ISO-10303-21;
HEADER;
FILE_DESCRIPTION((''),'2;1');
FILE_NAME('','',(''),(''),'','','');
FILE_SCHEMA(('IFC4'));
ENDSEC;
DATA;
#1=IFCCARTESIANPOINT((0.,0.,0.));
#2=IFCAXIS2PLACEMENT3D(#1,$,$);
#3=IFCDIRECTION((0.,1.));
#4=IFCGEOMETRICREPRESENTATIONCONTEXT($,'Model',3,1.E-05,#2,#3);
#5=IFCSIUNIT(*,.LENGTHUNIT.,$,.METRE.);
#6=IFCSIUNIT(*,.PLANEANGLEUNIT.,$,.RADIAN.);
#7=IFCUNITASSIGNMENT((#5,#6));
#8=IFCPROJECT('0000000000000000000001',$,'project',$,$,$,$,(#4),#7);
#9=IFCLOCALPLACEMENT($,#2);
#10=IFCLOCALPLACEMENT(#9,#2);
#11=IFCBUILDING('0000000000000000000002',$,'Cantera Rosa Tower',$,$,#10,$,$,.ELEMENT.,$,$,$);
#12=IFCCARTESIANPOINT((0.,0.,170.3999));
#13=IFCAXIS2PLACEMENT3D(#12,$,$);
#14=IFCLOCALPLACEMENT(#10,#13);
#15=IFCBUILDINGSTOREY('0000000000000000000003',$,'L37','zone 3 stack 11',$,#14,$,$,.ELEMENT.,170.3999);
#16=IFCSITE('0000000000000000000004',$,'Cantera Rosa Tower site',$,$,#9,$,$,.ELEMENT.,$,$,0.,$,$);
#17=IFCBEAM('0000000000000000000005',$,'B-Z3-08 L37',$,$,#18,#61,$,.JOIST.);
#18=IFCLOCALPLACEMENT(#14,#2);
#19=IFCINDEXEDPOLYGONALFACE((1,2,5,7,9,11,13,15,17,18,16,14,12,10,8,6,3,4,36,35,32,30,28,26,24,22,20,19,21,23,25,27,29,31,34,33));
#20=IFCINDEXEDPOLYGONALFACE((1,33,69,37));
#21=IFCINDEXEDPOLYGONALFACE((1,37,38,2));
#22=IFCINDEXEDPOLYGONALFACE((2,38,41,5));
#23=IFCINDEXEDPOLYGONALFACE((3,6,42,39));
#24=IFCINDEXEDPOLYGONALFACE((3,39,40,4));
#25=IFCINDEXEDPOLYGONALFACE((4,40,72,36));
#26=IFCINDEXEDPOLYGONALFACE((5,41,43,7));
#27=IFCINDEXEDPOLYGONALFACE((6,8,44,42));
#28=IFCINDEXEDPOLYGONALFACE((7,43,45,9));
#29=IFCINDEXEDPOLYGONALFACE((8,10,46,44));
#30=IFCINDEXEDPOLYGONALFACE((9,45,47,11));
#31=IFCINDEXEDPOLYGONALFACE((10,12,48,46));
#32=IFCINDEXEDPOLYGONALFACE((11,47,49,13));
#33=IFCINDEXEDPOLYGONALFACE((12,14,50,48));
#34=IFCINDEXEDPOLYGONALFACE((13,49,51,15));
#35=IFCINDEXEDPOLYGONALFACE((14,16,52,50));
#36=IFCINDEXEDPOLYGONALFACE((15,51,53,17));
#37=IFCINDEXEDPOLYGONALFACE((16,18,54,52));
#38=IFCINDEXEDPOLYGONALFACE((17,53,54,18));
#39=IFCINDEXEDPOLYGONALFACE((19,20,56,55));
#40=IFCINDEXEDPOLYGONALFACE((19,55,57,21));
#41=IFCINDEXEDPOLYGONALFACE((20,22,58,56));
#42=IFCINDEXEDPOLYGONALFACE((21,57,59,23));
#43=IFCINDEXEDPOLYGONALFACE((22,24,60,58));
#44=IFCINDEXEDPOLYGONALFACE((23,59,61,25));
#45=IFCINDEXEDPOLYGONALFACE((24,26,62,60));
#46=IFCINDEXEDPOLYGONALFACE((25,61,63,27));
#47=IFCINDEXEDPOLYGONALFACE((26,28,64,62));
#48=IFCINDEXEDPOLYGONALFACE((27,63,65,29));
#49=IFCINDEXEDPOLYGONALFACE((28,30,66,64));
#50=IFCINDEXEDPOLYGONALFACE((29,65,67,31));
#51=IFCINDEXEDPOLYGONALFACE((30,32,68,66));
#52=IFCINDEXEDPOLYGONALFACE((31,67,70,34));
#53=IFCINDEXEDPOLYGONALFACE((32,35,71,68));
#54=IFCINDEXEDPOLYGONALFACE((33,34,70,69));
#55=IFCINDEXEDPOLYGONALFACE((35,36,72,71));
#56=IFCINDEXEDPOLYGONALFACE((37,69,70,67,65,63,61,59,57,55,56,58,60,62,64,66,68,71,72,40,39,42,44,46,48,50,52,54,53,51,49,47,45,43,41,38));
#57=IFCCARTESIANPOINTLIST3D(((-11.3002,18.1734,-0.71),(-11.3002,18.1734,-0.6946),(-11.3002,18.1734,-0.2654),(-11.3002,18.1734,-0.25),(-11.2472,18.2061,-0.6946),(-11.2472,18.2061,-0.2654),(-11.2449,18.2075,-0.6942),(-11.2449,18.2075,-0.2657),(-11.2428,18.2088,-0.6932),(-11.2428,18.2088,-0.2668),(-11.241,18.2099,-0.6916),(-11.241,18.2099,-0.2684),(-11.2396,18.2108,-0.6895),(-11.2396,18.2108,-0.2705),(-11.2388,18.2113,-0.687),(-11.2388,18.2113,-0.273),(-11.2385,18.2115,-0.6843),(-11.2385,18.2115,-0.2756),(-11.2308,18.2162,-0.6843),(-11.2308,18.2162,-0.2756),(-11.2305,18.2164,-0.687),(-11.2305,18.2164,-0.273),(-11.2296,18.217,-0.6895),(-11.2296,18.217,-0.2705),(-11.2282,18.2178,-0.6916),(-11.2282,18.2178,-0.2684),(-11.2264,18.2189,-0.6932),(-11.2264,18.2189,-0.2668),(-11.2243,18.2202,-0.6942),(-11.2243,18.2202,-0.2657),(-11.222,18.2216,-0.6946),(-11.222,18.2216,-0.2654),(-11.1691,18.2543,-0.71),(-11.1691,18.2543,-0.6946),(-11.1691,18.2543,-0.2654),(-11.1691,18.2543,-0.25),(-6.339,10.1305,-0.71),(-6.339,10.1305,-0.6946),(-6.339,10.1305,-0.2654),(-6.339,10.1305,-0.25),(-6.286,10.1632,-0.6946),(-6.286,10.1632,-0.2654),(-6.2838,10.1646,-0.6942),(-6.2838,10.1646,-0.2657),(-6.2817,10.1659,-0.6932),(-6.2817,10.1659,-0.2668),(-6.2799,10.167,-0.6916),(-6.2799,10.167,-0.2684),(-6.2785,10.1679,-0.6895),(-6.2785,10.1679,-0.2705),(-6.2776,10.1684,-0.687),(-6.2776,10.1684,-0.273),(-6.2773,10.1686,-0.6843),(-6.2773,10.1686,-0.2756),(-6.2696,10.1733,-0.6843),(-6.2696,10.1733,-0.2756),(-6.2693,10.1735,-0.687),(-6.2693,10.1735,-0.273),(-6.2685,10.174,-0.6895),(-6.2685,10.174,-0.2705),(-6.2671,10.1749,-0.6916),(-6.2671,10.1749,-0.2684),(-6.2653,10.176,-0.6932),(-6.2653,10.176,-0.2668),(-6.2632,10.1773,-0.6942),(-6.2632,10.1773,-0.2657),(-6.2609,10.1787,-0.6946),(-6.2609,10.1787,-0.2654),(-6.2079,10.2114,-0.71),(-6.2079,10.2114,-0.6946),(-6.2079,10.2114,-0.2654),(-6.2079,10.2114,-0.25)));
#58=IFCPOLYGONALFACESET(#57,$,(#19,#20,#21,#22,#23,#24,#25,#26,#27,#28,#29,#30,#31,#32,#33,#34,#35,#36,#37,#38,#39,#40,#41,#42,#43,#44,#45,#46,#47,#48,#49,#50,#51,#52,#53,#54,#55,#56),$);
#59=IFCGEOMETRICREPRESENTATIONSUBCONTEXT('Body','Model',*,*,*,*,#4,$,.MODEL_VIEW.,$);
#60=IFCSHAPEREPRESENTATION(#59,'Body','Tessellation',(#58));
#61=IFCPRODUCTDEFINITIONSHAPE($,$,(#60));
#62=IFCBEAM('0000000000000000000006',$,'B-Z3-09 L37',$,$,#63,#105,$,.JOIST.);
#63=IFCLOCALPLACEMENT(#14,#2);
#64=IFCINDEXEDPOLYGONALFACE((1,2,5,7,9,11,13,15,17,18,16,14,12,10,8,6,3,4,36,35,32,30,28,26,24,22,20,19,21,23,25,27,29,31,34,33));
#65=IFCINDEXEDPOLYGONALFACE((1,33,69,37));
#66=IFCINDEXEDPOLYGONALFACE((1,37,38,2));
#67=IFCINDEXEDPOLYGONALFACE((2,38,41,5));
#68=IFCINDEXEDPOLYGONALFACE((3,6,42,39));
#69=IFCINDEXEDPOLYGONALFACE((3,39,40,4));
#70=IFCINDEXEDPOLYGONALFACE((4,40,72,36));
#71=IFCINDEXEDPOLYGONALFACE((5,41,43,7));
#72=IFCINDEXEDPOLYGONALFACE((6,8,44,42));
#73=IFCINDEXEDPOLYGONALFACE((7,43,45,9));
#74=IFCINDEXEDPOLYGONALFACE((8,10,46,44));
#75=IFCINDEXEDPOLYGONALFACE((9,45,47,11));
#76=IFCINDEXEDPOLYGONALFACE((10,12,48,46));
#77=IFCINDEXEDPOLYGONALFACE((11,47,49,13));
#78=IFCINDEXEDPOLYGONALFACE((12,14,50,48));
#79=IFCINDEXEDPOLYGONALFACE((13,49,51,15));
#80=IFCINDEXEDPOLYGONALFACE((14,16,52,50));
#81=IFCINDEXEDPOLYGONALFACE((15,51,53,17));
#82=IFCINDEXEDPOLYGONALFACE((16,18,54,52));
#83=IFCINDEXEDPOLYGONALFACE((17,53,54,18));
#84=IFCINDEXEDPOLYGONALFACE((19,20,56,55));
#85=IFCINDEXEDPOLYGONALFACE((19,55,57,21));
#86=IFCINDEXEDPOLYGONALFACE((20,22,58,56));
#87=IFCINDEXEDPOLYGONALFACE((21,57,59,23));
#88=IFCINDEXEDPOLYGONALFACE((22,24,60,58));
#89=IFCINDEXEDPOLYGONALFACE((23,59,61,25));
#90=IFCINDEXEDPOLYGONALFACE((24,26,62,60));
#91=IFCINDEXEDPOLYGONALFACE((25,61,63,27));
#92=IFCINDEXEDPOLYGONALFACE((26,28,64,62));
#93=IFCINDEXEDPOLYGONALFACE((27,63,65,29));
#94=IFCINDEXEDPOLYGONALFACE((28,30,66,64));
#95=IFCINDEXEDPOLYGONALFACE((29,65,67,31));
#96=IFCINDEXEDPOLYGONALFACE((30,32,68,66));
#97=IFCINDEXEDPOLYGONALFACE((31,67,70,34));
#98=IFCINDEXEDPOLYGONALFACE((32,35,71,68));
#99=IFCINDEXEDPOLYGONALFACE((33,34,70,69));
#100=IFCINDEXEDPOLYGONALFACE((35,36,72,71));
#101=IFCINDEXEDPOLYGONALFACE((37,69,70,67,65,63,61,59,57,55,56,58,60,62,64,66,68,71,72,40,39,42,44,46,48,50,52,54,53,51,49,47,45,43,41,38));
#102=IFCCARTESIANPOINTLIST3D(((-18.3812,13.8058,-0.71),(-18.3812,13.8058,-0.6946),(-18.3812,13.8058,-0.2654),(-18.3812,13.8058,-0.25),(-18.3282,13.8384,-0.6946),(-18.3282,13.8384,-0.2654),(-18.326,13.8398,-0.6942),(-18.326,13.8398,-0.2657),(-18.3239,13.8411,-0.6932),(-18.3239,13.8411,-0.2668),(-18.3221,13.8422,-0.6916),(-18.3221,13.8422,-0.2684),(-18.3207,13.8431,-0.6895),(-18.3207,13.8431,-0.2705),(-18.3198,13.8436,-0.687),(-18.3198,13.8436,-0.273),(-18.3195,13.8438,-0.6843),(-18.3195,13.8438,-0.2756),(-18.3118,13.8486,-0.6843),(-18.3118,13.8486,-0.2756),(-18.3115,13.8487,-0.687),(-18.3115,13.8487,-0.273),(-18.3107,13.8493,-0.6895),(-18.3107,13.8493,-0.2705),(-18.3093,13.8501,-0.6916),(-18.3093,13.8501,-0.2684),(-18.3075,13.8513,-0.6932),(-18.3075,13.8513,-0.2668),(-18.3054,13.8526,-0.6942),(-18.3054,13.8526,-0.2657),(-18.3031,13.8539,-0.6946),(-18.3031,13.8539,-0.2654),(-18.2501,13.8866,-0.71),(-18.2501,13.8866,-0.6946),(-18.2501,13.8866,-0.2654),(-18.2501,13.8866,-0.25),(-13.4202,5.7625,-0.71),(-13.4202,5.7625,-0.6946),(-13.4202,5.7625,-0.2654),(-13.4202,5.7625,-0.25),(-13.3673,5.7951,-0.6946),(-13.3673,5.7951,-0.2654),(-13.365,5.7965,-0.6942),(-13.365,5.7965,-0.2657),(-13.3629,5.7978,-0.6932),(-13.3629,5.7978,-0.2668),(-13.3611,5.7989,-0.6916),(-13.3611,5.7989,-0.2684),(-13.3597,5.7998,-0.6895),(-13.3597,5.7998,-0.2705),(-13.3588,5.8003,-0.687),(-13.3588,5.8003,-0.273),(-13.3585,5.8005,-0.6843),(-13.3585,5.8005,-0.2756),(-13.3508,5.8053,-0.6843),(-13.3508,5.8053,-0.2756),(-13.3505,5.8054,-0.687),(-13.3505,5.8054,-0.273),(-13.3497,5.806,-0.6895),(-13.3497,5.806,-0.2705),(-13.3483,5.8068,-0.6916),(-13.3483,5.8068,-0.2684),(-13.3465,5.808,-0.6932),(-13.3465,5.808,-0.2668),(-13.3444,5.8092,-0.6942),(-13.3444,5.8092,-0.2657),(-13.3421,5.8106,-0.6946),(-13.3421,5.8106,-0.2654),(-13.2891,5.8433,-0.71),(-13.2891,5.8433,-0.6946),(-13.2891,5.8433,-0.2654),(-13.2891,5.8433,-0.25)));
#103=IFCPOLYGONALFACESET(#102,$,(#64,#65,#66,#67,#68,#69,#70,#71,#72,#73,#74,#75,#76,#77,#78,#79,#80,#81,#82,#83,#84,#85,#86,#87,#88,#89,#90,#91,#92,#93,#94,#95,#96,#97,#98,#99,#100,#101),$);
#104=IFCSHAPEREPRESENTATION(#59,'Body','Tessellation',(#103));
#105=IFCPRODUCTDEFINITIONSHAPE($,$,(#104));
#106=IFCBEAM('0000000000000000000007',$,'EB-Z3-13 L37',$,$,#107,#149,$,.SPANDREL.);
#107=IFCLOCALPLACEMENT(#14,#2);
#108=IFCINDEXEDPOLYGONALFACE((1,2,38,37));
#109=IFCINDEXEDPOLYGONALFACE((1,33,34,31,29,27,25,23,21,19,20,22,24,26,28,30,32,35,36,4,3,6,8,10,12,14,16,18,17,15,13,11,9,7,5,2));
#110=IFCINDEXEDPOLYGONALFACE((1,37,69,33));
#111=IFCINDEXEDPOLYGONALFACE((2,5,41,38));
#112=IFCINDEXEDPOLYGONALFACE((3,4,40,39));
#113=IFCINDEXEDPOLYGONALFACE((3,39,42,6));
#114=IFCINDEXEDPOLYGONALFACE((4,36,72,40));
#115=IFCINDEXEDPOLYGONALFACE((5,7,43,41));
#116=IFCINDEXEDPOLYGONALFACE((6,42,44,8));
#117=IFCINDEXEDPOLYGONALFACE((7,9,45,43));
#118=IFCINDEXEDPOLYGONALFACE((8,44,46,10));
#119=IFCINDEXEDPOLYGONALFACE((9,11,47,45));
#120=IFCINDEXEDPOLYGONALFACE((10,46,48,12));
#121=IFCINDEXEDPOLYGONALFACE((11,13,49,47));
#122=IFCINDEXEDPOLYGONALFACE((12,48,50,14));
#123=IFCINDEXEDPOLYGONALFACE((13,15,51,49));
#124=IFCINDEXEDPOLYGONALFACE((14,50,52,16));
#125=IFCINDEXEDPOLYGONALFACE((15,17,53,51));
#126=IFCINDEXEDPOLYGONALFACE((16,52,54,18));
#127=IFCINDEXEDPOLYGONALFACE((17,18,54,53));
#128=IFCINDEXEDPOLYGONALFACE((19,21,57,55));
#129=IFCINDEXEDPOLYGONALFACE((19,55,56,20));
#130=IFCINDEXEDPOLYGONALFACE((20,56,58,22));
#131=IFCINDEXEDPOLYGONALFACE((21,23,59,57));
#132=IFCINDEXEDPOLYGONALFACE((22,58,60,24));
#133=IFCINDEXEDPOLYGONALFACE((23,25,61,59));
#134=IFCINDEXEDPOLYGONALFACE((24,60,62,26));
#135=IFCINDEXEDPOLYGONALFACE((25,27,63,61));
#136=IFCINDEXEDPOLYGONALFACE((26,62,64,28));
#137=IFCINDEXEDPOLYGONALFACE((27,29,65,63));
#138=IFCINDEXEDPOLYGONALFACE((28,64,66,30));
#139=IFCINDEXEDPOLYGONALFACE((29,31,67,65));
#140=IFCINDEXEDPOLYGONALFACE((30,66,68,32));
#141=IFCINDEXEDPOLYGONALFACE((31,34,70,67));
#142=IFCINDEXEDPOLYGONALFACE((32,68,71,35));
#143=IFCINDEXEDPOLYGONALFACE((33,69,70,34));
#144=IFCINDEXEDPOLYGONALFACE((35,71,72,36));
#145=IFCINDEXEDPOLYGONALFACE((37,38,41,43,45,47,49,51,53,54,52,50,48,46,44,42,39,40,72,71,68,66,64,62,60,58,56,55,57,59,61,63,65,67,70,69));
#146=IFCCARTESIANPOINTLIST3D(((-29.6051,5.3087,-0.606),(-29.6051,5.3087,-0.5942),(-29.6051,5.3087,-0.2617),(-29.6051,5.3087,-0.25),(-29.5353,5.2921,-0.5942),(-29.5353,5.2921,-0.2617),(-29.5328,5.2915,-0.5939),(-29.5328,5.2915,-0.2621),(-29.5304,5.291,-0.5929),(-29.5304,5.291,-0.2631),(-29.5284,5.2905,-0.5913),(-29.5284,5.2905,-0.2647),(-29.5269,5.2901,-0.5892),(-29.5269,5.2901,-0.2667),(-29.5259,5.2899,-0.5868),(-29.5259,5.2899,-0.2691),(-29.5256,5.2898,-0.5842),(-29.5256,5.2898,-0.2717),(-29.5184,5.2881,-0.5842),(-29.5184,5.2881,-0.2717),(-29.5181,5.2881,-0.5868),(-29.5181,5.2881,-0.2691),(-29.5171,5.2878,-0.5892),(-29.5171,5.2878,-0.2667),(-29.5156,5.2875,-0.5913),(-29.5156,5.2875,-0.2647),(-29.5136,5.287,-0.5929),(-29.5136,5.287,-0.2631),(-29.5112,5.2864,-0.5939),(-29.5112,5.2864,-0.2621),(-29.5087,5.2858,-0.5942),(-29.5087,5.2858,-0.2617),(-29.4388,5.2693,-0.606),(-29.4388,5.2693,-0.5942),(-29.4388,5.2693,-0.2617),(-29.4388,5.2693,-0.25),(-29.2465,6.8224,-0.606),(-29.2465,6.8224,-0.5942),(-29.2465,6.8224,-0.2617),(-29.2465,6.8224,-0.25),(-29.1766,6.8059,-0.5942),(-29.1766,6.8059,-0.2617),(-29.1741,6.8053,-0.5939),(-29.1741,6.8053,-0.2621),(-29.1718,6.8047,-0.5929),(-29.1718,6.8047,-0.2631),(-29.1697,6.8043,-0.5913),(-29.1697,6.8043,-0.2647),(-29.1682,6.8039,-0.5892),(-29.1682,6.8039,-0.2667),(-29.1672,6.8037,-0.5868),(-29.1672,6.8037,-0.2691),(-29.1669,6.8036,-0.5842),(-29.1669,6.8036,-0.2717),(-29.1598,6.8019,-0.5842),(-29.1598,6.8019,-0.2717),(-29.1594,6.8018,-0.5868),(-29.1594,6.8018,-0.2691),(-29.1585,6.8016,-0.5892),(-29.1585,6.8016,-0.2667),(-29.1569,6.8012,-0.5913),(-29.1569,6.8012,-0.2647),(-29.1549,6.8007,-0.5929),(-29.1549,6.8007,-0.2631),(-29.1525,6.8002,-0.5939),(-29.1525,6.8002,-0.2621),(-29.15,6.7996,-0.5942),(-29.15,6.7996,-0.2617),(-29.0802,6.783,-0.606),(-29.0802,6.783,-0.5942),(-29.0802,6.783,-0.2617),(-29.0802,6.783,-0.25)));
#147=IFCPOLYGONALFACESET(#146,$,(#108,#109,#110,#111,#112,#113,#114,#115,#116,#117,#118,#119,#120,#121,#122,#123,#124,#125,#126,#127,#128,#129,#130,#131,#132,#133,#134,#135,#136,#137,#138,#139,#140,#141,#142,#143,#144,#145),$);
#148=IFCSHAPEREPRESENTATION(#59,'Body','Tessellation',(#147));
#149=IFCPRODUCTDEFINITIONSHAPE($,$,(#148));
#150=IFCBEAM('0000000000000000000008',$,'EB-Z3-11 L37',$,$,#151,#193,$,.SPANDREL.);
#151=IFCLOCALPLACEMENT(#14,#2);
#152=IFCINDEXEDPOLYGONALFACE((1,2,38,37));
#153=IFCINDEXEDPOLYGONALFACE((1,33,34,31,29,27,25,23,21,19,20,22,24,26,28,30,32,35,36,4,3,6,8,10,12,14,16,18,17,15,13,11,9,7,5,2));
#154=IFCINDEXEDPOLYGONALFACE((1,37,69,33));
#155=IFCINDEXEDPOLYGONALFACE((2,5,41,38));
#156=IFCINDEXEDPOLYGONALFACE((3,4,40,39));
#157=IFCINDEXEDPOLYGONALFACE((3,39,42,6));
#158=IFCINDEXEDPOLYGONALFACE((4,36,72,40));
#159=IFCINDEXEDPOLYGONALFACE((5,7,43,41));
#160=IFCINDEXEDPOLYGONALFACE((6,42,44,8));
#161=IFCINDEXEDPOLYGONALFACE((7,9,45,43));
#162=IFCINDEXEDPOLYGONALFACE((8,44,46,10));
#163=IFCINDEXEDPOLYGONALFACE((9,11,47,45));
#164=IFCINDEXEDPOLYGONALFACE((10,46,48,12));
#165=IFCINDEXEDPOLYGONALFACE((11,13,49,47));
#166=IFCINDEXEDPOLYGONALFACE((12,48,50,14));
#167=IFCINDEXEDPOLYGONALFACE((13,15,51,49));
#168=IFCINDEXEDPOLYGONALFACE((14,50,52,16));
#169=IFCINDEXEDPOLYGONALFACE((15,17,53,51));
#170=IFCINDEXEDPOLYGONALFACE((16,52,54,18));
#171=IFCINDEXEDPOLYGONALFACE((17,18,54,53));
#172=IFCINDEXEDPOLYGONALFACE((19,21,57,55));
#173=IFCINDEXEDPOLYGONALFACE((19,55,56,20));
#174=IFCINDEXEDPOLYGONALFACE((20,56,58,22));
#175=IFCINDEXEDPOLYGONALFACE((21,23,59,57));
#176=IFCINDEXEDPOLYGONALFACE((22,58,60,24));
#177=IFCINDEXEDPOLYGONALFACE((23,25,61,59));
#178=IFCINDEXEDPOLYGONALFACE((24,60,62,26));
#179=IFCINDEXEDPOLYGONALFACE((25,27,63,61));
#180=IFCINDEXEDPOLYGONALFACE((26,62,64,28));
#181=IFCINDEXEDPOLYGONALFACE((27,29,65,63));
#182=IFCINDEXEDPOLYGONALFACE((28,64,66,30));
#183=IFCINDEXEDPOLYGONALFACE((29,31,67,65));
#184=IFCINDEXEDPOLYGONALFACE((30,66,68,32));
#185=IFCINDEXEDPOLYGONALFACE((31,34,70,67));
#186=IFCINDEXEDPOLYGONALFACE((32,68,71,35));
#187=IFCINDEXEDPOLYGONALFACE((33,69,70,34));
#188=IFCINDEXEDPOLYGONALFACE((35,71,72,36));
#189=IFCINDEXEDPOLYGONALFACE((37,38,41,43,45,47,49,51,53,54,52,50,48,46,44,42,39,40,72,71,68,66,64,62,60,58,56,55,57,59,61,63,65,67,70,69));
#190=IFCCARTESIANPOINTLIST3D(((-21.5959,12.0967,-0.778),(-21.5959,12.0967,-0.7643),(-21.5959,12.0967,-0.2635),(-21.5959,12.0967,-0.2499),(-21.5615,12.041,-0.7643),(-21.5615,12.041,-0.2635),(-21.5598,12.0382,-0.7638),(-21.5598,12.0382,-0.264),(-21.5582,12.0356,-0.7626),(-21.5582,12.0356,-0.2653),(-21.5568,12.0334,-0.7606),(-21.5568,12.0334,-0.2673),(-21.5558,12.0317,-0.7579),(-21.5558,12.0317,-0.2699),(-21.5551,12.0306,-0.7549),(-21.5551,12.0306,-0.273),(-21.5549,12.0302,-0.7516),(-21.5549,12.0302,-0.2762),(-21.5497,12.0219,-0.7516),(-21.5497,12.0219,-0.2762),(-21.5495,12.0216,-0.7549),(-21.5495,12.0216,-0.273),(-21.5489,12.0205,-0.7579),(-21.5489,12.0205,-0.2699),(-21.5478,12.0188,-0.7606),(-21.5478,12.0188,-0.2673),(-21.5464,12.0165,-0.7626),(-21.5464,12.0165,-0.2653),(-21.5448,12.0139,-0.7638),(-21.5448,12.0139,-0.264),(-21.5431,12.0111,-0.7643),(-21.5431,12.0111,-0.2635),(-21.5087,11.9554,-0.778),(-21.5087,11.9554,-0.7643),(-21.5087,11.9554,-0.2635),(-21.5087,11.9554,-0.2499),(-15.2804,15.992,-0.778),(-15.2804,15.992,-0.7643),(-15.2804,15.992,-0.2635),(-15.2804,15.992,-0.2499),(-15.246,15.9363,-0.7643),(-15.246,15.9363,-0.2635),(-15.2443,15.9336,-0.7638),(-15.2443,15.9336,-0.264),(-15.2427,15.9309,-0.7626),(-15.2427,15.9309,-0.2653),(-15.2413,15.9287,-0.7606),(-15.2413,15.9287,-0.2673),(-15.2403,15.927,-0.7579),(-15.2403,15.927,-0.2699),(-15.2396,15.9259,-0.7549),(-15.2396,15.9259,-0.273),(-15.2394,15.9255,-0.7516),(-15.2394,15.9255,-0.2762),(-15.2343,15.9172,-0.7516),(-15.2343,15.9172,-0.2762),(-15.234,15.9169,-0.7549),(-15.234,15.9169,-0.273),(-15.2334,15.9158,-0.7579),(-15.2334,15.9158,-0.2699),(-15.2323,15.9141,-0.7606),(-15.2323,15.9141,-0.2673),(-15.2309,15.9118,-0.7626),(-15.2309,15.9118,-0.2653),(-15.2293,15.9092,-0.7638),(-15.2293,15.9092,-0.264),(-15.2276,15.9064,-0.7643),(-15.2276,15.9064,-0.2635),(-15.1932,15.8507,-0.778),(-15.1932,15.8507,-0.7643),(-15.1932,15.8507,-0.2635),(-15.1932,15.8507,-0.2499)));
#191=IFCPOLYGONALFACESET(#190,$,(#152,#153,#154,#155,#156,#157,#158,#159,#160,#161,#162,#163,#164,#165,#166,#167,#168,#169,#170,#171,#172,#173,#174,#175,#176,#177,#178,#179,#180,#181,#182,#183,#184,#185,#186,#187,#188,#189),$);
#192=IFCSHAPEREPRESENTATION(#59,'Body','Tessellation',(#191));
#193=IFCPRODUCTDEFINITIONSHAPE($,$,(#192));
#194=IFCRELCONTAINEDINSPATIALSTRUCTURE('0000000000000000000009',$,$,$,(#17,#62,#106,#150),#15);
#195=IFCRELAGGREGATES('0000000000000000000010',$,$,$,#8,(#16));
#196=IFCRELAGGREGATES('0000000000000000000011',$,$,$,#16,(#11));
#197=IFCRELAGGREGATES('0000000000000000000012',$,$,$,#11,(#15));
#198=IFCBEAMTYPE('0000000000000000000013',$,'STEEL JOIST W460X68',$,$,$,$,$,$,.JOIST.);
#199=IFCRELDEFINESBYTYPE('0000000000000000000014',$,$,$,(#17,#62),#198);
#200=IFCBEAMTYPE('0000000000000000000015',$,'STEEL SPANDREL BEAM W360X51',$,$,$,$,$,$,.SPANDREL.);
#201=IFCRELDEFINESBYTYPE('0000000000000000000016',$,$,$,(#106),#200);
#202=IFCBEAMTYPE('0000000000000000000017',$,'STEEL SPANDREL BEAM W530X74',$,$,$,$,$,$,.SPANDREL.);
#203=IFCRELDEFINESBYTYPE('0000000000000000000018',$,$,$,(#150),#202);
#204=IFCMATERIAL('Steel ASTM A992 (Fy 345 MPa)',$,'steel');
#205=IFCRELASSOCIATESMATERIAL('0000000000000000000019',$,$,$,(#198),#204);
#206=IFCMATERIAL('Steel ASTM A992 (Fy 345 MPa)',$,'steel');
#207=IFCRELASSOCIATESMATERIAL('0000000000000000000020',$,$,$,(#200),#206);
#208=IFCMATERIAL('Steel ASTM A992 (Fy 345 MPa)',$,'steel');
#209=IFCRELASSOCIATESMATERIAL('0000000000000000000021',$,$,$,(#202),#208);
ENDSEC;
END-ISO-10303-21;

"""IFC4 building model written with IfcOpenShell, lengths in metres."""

from ifc_helpers import new_model, si_unit, direction, frame, origin, origin_2d, place, context, subcontext, project, spatial, i_section, extrude, material, material_profile, profile_set, type_object, element, save


model = new_model("IFC4")

# Units and contexts
model_context = context("Model", 3, precision=1e-05, world=origin(), true_north=direction((0.0, 1.0)))
body_context = subcontext(model_context, "Body", "Model", "MODEL_VIEW")
ifc_project = project(units=[si_unit("LENGTHUNIT", "METRE"), si_unit("PLANEANGLEUNIT", "RADIAN")], contexts=[model_context])

# Site, building, storey
site_placement = place(None, origin())
site = spatial("IfcSite", under=ifc_project, at=site_placement, Name="Cantera Rosa Tower site", CompositionType="ELEMENT", RefElevation=0.0)
building_placement = place(site_placement, origin())
building = spatial("IfcBuilding", under=site, at=building_placement, Name="Cantera Rosa Tower", CompositionType="ELEMENT")
storey_placement = place(building_placement, frame((0.0, 0.0, 170.3999)))
storey = spatial("IfcBuildingStorey", under=building, at=storey_placement, Name="L37", Description="zone 3 stack 11", CompositionType="ELEMENT", Elevation=170.3999)

# Beams
ifc_material_1 = material(Name="Steel ASTM A992 (Fy 345 MPa)", Category="steel")
ifc_material_profile_1 = material_profile(ifc_material_1, i_section(OverallWidth=0.1541, OverallDepth=0.46, WebThickness=0.009, FlangeThickness=0.0154, FilletRadius=0.0103, at=origin_2d()), Name="W460X68")
ifc_profile_set_1 = profile_set([ifc_material_profile_1], Name="Steel ASTM A992 (Fy 345 MPa)")
beam_type_1 = type_object("IfcBeamType", Name="STEEL JOIST W460X68", PredefinedType="JOIST", material=ifc_profile_set_1)
beam_1_placement = place(storey_placement, frame((-11.2346, 18.2139, -0.48), z_axis=(0.524992, -0.851107, 0.0), x_axis=(0.851107, 0.524992, 0.0)))
element("IfcBeam", 1, at=beam_1_placement, inside=storey, type_object=beam_type_1, Name="B-Z3-08 L37", PredefinedType="JOIST", context=body_context, shape_type="SweptSolid", body=[
    extrude(i_section(OverallWidth=0.1541, OverallDepth=0.46, WebThickness=0.009, FlangeThickness=0.0154, FilletRadius=0.0103, at=origin_2d()), origin(), (0.0, 0.0, 1.0), 9.45),
])
beam_2_placement = place(storey_placement, frame((-18.3157, 13.8462, -0.48), z_axis=(0.524962, -0.851126, 0.0), x_axis=(0.851126, 0.524962, 0.0)))
element("IfcBeam", 2, at=beam_2_placement, inside=storey, type_object=beam_type_1, Name="B-Z3-09 L37", PredefinedType="JOIST", context=body_context, shape_type="SweptSolid", body=[
    extrude(i_section(OverallWidth=0.1541, OverallDepth=0.46, WebThickness=0.009, FlangeThickness=0.0154, FilletRadius=0.0103, at=origin_2d()), origin(), (0.0, 0.0, 1.0), 9.4502),
])
ifc_material_2 = material(Name="Steel ASTM A992 (Fy 345 MPa)", Category="steel")
ifc_material_profile_2 = material_profile(ifc_material_2, i_section(OverallWidth=0.1709, OverallDepth=0.356, WebThickness=0.0073, FlangeThickness=0.0117, FilletRadius=0.01, at=origin_2d()), Name="W360X51")
ifc_profile_set_2 = profile_set([ifc_material_profile_2], Name="Steel ASTM A992 (Fy 345 MPa)")
beam_type_2 = type_object("IfcBeamType", Name="STEEL SPANDREL BEAM W360X51", PredefinedType="SPANDREL", material=ifc_profile_set_2)
beam_3_placement = place(storey_placement, frame((-29.1633, 6.8027, -0.428), z_axis=(-0.230552, -0.97306, 0.0), x_axis=(0.97306, -0.230552, 0.0)))
element("IfcBeam", 3, at=beam_3_placement, inside=storey, type_object=beam_type_2, Name="EB-Z3-13 L37", PredefinedType="SPANDREL", context=body_context, shape_type="SweptSolid", body=[
    extrude(i_section(OverallWidth=0.1709, OverallDepth=0.356, WebThickness=0.0073, FlangeThickness=0.0117, FilletRadius=0.01, at=origin_2d()), origin(), (0.0, 0.0, 1.0), 1.5557),
])
ifc_material_3 = material(Name="Steel ASTM A992 (Fy 345 MPa)", Category="steel")
ifc_material_profile_3 = material_profile(ifc_material_3, i_section(OverallWidth=0.166, OverallDepth=0.5281, WebThickness=0.0098, FlangeThickness=0.0137, FilletRadius=0.0127, at=origin_2d()), Name="W530X74")
ifc_profile_set_3 = profile_set([ifc_material_profile_3], Name="Steel ASTM A992 (Fy 345 MPa)")
beam_type_3 = type_object("IfcBeamType", Name="STEEL SPANDREL BEAM W530X74", PredefinedType="SPANDREL", material=ifc_profile_set_3)
for number, where, z_axis, x_axis, name in (
    (4, (-15.2368, 15.9214, -0.5139), (-0.851126, -0.524962, 0.0), (0.524962, -0.851126, 0.0), "EB-Z3-11 L37"),
):
    element("IfcBeam", number, at=place(storey_placement, frame(where, z_axis=z_axis, x_axis=x_axis)), inside=storey, type_object=beam_type_3, Name=name, PredefinedType="SPANDREL", context=body_context, shape_type="SweptSolid", body=[
        extrude(i_section(OverallWidth=0.166, OverallDepth=0.5281, WebThickness=0.0098, FlangeThickness=0.0137, FilletRadius=0.0127, at=origin_2d()), origin(), (0.0, 0.0, 1.0), 7.4202),
    ])

save(model, "model.ifc")
